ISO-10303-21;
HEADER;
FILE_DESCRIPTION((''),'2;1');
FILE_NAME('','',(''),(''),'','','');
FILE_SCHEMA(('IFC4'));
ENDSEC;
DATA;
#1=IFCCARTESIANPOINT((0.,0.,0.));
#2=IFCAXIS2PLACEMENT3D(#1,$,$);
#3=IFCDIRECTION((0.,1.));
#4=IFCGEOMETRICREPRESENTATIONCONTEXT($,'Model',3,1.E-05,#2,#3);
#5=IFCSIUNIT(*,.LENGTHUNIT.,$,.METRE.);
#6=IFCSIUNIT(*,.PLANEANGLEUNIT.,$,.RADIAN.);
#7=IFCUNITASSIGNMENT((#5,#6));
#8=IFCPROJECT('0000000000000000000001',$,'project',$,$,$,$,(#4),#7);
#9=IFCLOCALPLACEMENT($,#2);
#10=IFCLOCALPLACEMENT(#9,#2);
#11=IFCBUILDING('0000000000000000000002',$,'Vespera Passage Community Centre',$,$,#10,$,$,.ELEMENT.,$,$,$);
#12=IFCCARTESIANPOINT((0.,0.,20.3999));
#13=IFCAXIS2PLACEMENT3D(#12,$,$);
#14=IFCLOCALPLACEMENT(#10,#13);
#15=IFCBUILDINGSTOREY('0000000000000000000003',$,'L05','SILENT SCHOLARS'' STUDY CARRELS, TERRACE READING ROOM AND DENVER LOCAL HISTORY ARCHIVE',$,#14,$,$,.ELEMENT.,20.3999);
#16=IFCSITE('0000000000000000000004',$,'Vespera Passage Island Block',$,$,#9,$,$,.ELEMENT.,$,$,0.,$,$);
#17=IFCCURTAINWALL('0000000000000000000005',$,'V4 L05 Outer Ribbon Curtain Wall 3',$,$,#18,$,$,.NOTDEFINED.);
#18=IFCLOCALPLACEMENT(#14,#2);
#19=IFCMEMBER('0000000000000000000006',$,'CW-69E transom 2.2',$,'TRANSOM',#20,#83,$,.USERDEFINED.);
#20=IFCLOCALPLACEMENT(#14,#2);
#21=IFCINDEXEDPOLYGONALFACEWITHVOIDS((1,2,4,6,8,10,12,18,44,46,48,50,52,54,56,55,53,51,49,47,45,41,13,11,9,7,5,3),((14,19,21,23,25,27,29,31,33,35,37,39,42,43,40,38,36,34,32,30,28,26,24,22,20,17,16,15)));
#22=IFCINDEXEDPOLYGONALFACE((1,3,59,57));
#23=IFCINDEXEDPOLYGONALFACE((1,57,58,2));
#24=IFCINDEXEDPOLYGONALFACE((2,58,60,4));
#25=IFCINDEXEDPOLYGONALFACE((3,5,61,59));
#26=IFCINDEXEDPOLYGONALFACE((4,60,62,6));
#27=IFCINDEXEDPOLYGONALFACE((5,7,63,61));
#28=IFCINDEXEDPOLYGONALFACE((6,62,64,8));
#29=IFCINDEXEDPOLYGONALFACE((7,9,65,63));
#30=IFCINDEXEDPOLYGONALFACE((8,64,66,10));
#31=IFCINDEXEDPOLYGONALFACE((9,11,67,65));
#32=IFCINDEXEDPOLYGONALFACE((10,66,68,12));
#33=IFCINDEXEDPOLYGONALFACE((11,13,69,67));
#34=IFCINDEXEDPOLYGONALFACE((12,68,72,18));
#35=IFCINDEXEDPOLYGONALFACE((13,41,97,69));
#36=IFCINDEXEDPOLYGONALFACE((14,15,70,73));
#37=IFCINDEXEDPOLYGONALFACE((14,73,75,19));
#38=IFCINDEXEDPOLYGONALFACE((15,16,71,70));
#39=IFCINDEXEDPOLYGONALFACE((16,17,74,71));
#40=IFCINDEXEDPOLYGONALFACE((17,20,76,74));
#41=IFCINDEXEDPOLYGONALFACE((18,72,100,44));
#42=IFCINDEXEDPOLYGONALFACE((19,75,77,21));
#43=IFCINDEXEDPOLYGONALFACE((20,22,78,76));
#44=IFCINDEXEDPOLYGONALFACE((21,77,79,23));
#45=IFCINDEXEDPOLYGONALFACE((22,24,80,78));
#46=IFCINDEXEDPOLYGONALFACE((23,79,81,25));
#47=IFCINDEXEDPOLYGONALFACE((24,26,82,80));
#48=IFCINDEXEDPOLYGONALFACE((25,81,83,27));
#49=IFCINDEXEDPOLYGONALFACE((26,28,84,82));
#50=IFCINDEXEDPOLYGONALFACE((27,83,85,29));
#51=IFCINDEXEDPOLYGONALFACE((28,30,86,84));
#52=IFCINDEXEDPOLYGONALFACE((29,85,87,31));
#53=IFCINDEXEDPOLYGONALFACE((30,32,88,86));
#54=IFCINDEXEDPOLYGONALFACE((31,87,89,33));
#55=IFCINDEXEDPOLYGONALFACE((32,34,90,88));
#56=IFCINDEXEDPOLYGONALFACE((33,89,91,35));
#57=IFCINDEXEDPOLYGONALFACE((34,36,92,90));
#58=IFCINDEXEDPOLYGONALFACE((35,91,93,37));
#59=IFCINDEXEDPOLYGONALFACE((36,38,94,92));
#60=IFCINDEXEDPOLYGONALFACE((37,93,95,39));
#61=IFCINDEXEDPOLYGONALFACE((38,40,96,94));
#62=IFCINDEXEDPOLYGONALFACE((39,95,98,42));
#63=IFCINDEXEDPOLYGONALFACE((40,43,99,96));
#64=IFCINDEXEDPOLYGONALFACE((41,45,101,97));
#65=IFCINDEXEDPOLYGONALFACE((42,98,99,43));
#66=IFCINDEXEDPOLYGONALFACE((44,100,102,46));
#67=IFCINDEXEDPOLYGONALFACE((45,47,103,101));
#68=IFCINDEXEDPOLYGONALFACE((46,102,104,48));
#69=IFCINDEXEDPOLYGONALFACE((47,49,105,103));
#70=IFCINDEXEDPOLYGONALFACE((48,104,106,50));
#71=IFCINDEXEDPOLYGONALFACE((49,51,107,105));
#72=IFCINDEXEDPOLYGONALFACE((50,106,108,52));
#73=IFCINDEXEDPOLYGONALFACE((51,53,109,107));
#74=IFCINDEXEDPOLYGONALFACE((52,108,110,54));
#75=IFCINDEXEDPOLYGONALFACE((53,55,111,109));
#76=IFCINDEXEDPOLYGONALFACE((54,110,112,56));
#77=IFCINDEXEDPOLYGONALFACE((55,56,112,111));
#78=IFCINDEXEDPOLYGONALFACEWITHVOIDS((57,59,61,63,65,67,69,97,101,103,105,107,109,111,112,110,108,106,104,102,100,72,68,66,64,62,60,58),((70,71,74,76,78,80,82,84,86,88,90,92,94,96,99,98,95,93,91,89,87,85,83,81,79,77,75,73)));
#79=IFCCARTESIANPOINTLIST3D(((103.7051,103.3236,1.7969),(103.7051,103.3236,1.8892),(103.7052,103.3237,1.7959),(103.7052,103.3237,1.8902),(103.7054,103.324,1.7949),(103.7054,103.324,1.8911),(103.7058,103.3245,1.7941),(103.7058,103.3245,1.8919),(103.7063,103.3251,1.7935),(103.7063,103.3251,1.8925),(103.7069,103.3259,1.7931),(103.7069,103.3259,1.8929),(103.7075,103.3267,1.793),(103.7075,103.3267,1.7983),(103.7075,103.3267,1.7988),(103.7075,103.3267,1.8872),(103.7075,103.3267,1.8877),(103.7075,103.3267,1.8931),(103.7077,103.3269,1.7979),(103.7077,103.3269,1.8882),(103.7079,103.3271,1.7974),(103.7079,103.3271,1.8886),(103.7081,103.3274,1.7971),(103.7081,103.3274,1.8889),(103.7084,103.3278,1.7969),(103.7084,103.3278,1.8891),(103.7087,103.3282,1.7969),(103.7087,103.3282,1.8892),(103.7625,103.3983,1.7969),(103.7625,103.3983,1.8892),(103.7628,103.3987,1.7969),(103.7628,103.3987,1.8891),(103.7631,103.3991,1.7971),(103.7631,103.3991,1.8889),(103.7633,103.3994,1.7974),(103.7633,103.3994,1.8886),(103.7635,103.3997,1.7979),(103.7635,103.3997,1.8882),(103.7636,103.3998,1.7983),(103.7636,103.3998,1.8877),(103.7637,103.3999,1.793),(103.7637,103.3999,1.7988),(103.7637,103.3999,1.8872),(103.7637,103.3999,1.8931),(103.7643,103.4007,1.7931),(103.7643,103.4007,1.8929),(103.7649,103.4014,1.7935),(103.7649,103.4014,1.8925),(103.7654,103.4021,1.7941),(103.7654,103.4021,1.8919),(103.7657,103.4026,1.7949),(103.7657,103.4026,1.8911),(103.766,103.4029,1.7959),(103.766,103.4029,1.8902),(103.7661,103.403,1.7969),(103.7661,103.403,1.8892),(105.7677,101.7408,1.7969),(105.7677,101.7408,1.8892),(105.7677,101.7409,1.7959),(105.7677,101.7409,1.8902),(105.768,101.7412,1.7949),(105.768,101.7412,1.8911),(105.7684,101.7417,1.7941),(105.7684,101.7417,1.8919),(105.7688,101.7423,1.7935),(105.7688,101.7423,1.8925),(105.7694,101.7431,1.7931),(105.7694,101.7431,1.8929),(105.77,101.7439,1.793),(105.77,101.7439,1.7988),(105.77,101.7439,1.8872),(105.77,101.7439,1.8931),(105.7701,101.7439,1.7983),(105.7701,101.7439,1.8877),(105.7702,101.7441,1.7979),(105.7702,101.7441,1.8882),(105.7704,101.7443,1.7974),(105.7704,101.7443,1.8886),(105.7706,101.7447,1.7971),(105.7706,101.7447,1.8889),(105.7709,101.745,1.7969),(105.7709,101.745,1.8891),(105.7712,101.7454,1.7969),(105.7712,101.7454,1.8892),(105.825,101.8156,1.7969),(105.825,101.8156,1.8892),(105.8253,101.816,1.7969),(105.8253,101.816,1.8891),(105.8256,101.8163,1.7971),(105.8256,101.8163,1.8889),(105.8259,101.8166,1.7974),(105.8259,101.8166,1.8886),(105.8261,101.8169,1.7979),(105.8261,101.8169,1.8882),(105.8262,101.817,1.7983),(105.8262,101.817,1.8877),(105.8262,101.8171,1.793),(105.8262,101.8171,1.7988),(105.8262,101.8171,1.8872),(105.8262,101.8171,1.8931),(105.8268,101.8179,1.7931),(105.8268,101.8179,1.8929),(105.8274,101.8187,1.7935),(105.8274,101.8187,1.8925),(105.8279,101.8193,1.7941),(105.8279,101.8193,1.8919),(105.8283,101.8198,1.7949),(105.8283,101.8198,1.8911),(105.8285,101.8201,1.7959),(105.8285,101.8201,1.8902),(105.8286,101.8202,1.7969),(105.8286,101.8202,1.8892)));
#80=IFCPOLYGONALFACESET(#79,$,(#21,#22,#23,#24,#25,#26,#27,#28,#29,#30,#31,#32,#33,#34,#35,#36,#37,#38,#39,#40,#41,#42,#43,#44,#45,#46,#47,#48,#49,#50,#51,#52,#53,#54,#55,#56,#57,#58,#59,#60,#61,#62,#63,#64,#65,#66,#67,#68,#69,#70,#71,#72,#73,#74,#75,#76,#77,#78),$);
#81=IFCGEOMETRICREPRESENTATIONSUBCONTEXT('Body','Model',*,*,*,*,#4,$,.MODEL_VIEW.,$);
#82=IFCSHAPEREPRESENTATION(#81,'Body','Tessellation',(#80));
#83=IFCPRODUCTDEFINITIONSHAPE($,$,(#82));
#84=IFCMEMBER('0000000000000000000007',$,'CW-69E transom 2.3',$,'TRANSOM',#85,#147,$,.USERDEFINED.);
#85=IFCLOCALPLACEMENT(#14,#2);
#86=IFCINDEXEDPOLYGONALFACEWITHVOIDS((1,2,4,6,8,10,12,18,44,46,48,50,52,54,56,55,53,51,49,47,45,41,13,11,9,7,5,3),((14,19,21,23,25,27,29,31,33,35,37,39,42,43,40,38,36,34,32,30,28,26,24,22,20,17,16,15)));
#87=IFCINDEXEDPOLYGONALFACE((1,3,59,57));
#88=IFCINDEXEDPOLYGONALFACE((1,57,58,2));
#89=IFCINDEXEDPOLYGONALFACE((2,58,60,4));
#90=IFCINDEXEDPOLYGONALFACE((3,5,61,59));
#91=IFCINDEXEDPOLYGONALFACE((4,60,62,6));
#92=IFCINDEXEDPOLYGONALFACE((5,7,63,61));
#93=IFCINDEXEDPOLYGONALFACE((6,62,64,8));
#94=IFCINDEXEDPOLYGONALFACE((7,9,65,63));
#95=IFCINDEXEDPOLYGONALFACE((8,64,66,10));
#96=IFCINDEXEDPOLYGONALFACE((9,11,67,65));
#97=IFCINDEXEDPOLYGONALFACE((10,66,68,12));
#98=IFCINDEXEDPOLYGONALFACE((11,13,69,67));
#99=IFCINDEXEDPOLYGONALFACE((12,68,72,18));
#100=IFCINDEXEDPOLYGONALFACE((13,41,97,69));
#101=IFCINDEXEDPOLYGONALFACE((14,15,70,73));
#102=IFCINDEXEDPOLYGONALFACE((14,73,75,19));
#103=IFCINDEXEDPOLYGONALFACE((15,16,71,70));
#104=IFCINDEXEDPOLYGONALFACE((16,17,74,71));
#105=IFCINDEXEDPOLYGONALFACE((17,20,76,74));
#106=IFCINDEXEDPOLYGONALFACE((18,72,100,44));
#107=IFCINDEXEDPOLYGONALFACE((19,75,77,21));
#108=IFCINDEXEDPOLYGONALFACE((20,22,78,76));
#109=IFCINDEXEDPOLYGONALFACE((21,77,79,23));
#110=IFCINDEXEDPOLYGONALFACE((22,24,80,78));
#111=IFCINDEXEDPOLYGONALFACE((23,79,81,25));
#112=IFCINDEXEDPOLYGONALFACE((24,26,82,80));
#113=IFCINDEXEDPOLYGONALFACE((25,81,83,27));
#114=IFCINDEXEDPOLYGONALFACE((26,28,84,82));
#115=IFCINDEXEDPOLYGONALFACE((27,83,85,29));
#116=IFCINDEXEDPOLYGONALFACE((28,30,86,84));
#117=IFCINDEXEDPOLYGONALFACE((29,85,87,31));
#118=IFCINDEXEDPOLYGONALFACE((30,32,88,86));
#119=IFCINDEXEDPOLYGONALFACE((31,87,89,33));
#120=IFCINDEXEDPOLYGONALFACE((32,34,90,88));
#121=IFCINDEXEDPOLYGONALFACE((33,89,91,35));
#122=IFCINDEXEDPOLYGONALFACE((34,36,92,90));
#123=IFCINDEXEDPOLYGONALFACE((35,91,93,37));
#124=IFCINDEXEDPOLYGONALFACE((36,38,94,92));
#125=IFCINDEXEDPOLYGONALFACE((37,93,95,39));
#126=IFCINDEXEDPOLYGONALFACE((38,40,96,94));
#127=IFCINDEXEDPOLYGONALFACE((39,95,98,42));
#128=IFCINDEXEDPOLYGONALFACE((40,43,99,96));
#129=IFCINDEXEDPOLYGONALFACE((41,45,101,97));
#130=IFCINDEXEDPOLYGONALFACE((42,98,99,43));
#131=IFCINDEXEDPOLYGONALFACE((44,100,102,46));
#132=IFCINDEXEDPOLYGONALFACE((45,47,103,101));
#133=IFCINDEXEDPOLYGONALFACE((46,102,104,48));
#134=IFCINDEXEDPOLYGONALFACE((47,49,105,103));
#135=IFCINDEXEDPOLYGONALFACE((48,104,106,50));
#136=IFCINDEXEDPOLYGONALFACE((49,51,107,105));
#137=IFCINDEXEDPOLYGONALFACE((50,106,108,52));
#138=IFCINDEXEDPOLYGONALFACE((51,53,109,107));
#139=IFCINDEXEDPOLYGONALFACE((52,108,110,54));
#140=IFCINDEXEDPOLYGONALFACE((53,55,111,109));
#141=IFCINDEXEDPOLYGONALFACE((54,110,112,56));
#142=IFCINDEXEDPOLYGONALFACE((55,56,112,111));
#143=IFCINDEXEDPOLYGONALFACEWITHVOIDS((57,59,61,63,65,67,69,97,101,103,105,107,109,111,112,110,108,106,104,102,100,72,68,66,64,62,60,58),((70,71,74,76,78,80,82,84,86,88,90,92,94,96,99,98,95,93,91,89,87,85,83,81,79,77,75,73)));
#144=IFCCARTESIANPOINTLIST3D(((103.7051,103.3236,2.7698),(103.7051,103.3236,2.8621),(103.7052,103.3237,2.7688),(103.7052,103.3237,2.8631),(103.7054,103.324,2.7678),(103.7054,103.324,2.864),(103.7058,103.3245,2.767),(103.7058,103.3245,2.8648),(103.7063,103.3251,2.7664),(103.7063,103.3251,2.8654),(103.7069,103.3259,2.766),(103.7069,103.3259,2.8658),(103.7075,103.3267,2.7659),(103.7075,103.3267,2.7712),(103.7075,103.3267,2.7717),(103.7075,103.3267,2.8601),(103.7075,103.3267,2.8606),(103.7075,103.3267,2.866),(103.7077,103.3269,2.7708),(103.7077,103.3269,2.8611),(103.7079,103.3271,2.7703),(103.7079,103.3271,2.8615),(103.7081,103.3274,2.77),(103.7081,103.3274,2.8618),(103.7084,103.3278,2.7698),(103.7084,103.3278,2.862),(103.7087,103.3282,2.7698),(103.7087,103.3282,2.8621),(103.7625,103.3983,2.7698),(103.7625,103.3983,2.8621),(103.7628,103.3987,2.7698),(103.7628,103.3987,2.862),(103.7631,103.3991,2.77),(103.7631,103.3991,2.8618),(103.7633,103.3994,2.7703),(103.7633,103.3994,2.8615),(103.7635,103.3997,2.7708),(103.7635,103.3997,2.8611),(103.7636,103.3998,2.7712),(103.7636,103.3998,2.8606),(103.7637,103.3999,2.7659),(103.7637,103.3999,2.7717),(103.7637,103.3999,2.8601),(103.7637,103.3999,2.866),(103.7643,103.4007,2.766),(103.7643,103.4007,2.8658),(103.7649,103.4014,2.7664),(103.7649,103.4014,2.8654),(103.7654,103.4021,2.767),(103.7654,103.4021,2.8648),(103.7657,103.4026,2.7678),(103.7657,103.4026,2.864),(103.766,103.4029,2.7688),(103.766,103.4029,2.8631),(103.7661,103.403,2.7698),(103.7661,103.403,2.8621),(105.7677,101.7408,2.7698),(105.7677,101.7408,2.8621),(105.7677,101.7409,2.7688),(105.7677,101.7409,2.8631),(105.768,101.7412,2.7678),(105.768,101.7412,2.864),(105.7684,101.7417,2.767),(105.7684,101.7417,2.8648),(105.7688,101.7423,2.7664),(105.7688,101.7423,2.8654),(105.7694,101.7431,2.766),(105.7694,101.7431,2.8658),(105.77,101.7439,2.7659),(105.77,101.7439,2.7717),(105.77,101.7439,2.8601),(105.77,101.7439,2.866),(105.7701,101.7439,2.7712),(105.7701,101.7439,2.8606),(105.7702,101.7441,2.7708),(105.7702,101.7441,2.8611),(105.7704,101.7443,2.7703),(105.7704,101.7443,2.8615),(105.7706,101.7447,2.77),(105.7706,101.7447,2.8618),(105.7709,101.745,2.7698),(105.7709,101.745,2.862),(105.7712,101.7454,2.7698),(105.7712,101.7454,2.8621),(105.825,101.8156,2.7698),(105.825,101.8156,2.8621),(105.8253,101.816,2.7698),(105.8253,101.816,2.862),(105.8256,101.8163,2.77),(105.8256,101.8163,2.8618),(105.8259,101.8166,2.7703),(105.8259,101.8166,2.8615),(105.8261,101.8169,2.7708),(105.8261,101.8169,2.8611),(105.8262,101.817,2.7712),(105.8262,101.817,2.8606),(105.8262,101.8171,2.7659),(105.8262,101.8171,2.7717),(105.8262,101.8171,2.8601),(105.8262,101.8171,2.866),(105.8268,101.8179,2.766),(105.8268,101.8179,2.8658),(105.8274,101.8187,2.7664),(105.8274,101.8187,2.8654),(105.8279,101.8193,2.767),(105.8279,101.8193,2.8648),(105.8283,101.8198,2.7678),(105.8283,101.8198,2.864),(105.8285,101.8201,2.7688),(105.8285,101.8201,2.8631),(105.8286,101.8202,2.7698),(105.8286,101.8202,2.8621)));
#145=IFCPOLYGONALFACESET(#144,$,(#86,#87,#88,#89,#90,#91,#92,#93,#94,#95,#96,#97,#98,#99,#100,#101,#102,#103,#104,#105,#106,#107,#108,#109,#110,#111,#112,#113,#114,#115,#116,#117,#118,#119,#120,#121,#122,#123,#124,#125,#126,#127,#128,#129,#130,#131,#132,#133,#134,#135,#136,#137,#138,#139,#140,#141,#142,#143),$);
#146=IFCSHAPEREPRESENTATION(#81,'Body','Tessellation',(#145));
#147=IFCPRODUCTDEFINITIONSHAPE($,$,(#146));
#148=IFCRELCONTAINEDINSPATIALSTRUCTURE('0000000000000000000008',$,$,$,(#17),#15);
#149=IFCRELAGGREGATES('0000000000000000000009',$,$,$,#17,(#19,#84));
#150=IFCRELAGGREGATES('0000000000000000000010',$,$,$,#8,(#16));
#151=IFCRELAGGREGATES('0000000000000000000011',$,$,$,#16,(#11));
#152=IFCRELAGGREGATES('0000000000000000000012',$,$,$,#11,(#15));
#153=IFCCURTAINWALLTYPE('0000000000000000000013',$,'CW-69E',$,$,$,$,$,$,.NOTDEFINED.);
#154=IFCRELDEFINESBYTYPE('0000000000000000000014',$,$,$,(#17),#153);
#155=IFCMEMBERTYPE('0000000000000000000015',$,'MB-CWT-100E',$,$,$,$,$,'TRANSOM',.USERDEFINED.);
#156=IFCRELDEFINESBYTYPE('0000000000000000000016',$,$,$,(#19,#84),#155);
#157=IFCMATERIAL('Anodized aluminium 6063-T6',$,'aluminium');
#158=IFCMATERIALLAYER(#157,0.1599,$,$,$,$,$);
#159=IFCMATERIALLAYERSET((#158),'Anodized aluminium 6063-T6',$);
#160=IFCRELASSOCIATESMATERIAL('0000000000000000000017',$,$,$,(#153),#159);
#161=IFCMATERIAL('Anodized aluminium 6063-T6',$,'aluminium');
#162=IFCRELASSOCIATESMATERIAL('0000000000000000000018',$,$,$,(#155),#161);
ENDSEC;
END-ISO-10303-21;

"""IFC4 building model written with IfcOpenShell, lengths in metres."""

from ifc_helpers import new_model, si_unit, direction, frame, origin, origin_2d, place, context, subcontext, project, spatial, hollow_rectangle, extrude, material, layer, layer_set, material_profile, profile_set, type_object, element, aggregate, save


model = new_model("IFC4")

# Units and contexts
model_context = context("Model", 3, precision=1e-05, world=origin(), true_north=direction((0.0, 1.0)))
body_context = subcontext(model_context, "Body", "Model", "MODEL_VIEW")
ifc_project = project(units=[si_unit("LENGTHUNIT", "METRE"), si_unit("PLANEANGLEUNIT", "RADIAN")], contexts=[model_context])

# Site, building, storey
site_placement = place(None, origin())
site = spatial("IfcSite", under=ifc_project, at=site_placement, Name="Vespera Passage Island Block", CompositionType="ELEMENT", RefElevation=0.0)
building_placement = place(site_placement, origin())
building = spatial("IfcBuilding", under=site, at=building_placement, Name="Vespera Passage Community Centre", CompositionType="ELEMENT")
storey_placement = place(building_placement, frame((0.0, 0.0, 20.3999)))
storey = spatial("IfcBuildingStorey", under=building, at=storey_placement, Name="L05", Description="SILENT SCHOLARS' STUDY CARRELS, TERRACE READING ROOM AND DENVER LOCAL HISTORY ARCHIVE", CompositionType="ELEMENT", Elevation=20.3999)

# Curtain wall, members
ifc_material_1 = material(Name="Anodized aluminium 6063-T6", Category="aluminium")
ifc_layer_1 = layer(ifc_material_1, 0.1599)
ifc_layer_set_1 = layer_set([ifc_layer_1], Name="Anodized aluminium 6063-T6")
curtain_wall_type = type_object("IfcCurtainWallType", Name="CW-69E", PredefinedType="NOTDEFINED", material=ifc_layer_set_1)
curtain_wall_placement = place(storey_placement, origin())
curtain_wall = element("IfcCurtainWall", 1, at=curtain_wall_placement, inside=storey, type_object=curtain_wall_type, Name="V4 L05 Outer Ribbon Curtain Wall 3", PredefinedType="NOTDEFINED")
ifc_material_2 = material(Name="Anodized aluminium 6063-T6", Category="aluminium")
ifc_material_profile_1 = material_profile(ifc_material_2, hollow_rectangle(XDim=0.1001, YDim=0.1001, WallThickness=0.0039, InnerFilletRadius=0.002, OuterFilletRadius=0.0039, at=origin_2d()), Name="ALU100X100X4")
ifc_profile_set_1 = profile_set([ifc_material_profile_1], Name="Anodized aluminium 6063-T6")
member_type_1 = type_object("IfcMemberType", Name="MB-CWT-100E", ElementType="TRANSOM", PredefinedType="USERDEFINED", material=ifc_profile_set_1)
member_1_placement = place(storey_placement, frame((103.7356, 103.3633, 1.843), z_axis=(0.793325, -0.608798, 0.0), x_axis=(0.608798, 0.793325, 0.0)))
member_1 = element("IfcMember", 2, at=member_1_placement, type_object=member_type_1, Name="CW-69E transom 2.2", ObjectType="TRANSOM", PredefinedType="USERDEFINED", context=body_context, shape_type="SweptSolid", body=[
    extrude(hollow_rectangle(XDim=0.1001, YDim=0.1001, WallThickness=0.0039, InnerFilletRadius=0.002, OuterFilletRadius=0.0039, at=origin_2d()), origin(), (0.0, 0.0, 1.0), 2.5999),
])
member_2_placement = place(storey_placement, frame((103.7356, 103.3633, 2.8159), z_axis=(0.793325, -0.608798, 0.0), x_axis=(0.608798, 0.793325, 0.0)))
member_2 = element("IfcMember", 3, at=member_2_placement, type_object=member_type_1, Name="CW-69E transom 2.3", ObjectType="TRANSOM", PredefinedType="USERDEFINED", context=body_context, shape_type="SweptSolid", body=[
    extrude(hollow_rectangle(XDim=0.1001, YDim=0.1001, WallThickness=0.0039, InnerFilletRadius=0.002, OuterFilletRadius=0.0039, at=origin_2d()), origin(), (0.0, 0.0, 1.0), 2.5999),
])
aggregate(curtain_wall, [member_1, member_2])

save(model, "model.ifc")
